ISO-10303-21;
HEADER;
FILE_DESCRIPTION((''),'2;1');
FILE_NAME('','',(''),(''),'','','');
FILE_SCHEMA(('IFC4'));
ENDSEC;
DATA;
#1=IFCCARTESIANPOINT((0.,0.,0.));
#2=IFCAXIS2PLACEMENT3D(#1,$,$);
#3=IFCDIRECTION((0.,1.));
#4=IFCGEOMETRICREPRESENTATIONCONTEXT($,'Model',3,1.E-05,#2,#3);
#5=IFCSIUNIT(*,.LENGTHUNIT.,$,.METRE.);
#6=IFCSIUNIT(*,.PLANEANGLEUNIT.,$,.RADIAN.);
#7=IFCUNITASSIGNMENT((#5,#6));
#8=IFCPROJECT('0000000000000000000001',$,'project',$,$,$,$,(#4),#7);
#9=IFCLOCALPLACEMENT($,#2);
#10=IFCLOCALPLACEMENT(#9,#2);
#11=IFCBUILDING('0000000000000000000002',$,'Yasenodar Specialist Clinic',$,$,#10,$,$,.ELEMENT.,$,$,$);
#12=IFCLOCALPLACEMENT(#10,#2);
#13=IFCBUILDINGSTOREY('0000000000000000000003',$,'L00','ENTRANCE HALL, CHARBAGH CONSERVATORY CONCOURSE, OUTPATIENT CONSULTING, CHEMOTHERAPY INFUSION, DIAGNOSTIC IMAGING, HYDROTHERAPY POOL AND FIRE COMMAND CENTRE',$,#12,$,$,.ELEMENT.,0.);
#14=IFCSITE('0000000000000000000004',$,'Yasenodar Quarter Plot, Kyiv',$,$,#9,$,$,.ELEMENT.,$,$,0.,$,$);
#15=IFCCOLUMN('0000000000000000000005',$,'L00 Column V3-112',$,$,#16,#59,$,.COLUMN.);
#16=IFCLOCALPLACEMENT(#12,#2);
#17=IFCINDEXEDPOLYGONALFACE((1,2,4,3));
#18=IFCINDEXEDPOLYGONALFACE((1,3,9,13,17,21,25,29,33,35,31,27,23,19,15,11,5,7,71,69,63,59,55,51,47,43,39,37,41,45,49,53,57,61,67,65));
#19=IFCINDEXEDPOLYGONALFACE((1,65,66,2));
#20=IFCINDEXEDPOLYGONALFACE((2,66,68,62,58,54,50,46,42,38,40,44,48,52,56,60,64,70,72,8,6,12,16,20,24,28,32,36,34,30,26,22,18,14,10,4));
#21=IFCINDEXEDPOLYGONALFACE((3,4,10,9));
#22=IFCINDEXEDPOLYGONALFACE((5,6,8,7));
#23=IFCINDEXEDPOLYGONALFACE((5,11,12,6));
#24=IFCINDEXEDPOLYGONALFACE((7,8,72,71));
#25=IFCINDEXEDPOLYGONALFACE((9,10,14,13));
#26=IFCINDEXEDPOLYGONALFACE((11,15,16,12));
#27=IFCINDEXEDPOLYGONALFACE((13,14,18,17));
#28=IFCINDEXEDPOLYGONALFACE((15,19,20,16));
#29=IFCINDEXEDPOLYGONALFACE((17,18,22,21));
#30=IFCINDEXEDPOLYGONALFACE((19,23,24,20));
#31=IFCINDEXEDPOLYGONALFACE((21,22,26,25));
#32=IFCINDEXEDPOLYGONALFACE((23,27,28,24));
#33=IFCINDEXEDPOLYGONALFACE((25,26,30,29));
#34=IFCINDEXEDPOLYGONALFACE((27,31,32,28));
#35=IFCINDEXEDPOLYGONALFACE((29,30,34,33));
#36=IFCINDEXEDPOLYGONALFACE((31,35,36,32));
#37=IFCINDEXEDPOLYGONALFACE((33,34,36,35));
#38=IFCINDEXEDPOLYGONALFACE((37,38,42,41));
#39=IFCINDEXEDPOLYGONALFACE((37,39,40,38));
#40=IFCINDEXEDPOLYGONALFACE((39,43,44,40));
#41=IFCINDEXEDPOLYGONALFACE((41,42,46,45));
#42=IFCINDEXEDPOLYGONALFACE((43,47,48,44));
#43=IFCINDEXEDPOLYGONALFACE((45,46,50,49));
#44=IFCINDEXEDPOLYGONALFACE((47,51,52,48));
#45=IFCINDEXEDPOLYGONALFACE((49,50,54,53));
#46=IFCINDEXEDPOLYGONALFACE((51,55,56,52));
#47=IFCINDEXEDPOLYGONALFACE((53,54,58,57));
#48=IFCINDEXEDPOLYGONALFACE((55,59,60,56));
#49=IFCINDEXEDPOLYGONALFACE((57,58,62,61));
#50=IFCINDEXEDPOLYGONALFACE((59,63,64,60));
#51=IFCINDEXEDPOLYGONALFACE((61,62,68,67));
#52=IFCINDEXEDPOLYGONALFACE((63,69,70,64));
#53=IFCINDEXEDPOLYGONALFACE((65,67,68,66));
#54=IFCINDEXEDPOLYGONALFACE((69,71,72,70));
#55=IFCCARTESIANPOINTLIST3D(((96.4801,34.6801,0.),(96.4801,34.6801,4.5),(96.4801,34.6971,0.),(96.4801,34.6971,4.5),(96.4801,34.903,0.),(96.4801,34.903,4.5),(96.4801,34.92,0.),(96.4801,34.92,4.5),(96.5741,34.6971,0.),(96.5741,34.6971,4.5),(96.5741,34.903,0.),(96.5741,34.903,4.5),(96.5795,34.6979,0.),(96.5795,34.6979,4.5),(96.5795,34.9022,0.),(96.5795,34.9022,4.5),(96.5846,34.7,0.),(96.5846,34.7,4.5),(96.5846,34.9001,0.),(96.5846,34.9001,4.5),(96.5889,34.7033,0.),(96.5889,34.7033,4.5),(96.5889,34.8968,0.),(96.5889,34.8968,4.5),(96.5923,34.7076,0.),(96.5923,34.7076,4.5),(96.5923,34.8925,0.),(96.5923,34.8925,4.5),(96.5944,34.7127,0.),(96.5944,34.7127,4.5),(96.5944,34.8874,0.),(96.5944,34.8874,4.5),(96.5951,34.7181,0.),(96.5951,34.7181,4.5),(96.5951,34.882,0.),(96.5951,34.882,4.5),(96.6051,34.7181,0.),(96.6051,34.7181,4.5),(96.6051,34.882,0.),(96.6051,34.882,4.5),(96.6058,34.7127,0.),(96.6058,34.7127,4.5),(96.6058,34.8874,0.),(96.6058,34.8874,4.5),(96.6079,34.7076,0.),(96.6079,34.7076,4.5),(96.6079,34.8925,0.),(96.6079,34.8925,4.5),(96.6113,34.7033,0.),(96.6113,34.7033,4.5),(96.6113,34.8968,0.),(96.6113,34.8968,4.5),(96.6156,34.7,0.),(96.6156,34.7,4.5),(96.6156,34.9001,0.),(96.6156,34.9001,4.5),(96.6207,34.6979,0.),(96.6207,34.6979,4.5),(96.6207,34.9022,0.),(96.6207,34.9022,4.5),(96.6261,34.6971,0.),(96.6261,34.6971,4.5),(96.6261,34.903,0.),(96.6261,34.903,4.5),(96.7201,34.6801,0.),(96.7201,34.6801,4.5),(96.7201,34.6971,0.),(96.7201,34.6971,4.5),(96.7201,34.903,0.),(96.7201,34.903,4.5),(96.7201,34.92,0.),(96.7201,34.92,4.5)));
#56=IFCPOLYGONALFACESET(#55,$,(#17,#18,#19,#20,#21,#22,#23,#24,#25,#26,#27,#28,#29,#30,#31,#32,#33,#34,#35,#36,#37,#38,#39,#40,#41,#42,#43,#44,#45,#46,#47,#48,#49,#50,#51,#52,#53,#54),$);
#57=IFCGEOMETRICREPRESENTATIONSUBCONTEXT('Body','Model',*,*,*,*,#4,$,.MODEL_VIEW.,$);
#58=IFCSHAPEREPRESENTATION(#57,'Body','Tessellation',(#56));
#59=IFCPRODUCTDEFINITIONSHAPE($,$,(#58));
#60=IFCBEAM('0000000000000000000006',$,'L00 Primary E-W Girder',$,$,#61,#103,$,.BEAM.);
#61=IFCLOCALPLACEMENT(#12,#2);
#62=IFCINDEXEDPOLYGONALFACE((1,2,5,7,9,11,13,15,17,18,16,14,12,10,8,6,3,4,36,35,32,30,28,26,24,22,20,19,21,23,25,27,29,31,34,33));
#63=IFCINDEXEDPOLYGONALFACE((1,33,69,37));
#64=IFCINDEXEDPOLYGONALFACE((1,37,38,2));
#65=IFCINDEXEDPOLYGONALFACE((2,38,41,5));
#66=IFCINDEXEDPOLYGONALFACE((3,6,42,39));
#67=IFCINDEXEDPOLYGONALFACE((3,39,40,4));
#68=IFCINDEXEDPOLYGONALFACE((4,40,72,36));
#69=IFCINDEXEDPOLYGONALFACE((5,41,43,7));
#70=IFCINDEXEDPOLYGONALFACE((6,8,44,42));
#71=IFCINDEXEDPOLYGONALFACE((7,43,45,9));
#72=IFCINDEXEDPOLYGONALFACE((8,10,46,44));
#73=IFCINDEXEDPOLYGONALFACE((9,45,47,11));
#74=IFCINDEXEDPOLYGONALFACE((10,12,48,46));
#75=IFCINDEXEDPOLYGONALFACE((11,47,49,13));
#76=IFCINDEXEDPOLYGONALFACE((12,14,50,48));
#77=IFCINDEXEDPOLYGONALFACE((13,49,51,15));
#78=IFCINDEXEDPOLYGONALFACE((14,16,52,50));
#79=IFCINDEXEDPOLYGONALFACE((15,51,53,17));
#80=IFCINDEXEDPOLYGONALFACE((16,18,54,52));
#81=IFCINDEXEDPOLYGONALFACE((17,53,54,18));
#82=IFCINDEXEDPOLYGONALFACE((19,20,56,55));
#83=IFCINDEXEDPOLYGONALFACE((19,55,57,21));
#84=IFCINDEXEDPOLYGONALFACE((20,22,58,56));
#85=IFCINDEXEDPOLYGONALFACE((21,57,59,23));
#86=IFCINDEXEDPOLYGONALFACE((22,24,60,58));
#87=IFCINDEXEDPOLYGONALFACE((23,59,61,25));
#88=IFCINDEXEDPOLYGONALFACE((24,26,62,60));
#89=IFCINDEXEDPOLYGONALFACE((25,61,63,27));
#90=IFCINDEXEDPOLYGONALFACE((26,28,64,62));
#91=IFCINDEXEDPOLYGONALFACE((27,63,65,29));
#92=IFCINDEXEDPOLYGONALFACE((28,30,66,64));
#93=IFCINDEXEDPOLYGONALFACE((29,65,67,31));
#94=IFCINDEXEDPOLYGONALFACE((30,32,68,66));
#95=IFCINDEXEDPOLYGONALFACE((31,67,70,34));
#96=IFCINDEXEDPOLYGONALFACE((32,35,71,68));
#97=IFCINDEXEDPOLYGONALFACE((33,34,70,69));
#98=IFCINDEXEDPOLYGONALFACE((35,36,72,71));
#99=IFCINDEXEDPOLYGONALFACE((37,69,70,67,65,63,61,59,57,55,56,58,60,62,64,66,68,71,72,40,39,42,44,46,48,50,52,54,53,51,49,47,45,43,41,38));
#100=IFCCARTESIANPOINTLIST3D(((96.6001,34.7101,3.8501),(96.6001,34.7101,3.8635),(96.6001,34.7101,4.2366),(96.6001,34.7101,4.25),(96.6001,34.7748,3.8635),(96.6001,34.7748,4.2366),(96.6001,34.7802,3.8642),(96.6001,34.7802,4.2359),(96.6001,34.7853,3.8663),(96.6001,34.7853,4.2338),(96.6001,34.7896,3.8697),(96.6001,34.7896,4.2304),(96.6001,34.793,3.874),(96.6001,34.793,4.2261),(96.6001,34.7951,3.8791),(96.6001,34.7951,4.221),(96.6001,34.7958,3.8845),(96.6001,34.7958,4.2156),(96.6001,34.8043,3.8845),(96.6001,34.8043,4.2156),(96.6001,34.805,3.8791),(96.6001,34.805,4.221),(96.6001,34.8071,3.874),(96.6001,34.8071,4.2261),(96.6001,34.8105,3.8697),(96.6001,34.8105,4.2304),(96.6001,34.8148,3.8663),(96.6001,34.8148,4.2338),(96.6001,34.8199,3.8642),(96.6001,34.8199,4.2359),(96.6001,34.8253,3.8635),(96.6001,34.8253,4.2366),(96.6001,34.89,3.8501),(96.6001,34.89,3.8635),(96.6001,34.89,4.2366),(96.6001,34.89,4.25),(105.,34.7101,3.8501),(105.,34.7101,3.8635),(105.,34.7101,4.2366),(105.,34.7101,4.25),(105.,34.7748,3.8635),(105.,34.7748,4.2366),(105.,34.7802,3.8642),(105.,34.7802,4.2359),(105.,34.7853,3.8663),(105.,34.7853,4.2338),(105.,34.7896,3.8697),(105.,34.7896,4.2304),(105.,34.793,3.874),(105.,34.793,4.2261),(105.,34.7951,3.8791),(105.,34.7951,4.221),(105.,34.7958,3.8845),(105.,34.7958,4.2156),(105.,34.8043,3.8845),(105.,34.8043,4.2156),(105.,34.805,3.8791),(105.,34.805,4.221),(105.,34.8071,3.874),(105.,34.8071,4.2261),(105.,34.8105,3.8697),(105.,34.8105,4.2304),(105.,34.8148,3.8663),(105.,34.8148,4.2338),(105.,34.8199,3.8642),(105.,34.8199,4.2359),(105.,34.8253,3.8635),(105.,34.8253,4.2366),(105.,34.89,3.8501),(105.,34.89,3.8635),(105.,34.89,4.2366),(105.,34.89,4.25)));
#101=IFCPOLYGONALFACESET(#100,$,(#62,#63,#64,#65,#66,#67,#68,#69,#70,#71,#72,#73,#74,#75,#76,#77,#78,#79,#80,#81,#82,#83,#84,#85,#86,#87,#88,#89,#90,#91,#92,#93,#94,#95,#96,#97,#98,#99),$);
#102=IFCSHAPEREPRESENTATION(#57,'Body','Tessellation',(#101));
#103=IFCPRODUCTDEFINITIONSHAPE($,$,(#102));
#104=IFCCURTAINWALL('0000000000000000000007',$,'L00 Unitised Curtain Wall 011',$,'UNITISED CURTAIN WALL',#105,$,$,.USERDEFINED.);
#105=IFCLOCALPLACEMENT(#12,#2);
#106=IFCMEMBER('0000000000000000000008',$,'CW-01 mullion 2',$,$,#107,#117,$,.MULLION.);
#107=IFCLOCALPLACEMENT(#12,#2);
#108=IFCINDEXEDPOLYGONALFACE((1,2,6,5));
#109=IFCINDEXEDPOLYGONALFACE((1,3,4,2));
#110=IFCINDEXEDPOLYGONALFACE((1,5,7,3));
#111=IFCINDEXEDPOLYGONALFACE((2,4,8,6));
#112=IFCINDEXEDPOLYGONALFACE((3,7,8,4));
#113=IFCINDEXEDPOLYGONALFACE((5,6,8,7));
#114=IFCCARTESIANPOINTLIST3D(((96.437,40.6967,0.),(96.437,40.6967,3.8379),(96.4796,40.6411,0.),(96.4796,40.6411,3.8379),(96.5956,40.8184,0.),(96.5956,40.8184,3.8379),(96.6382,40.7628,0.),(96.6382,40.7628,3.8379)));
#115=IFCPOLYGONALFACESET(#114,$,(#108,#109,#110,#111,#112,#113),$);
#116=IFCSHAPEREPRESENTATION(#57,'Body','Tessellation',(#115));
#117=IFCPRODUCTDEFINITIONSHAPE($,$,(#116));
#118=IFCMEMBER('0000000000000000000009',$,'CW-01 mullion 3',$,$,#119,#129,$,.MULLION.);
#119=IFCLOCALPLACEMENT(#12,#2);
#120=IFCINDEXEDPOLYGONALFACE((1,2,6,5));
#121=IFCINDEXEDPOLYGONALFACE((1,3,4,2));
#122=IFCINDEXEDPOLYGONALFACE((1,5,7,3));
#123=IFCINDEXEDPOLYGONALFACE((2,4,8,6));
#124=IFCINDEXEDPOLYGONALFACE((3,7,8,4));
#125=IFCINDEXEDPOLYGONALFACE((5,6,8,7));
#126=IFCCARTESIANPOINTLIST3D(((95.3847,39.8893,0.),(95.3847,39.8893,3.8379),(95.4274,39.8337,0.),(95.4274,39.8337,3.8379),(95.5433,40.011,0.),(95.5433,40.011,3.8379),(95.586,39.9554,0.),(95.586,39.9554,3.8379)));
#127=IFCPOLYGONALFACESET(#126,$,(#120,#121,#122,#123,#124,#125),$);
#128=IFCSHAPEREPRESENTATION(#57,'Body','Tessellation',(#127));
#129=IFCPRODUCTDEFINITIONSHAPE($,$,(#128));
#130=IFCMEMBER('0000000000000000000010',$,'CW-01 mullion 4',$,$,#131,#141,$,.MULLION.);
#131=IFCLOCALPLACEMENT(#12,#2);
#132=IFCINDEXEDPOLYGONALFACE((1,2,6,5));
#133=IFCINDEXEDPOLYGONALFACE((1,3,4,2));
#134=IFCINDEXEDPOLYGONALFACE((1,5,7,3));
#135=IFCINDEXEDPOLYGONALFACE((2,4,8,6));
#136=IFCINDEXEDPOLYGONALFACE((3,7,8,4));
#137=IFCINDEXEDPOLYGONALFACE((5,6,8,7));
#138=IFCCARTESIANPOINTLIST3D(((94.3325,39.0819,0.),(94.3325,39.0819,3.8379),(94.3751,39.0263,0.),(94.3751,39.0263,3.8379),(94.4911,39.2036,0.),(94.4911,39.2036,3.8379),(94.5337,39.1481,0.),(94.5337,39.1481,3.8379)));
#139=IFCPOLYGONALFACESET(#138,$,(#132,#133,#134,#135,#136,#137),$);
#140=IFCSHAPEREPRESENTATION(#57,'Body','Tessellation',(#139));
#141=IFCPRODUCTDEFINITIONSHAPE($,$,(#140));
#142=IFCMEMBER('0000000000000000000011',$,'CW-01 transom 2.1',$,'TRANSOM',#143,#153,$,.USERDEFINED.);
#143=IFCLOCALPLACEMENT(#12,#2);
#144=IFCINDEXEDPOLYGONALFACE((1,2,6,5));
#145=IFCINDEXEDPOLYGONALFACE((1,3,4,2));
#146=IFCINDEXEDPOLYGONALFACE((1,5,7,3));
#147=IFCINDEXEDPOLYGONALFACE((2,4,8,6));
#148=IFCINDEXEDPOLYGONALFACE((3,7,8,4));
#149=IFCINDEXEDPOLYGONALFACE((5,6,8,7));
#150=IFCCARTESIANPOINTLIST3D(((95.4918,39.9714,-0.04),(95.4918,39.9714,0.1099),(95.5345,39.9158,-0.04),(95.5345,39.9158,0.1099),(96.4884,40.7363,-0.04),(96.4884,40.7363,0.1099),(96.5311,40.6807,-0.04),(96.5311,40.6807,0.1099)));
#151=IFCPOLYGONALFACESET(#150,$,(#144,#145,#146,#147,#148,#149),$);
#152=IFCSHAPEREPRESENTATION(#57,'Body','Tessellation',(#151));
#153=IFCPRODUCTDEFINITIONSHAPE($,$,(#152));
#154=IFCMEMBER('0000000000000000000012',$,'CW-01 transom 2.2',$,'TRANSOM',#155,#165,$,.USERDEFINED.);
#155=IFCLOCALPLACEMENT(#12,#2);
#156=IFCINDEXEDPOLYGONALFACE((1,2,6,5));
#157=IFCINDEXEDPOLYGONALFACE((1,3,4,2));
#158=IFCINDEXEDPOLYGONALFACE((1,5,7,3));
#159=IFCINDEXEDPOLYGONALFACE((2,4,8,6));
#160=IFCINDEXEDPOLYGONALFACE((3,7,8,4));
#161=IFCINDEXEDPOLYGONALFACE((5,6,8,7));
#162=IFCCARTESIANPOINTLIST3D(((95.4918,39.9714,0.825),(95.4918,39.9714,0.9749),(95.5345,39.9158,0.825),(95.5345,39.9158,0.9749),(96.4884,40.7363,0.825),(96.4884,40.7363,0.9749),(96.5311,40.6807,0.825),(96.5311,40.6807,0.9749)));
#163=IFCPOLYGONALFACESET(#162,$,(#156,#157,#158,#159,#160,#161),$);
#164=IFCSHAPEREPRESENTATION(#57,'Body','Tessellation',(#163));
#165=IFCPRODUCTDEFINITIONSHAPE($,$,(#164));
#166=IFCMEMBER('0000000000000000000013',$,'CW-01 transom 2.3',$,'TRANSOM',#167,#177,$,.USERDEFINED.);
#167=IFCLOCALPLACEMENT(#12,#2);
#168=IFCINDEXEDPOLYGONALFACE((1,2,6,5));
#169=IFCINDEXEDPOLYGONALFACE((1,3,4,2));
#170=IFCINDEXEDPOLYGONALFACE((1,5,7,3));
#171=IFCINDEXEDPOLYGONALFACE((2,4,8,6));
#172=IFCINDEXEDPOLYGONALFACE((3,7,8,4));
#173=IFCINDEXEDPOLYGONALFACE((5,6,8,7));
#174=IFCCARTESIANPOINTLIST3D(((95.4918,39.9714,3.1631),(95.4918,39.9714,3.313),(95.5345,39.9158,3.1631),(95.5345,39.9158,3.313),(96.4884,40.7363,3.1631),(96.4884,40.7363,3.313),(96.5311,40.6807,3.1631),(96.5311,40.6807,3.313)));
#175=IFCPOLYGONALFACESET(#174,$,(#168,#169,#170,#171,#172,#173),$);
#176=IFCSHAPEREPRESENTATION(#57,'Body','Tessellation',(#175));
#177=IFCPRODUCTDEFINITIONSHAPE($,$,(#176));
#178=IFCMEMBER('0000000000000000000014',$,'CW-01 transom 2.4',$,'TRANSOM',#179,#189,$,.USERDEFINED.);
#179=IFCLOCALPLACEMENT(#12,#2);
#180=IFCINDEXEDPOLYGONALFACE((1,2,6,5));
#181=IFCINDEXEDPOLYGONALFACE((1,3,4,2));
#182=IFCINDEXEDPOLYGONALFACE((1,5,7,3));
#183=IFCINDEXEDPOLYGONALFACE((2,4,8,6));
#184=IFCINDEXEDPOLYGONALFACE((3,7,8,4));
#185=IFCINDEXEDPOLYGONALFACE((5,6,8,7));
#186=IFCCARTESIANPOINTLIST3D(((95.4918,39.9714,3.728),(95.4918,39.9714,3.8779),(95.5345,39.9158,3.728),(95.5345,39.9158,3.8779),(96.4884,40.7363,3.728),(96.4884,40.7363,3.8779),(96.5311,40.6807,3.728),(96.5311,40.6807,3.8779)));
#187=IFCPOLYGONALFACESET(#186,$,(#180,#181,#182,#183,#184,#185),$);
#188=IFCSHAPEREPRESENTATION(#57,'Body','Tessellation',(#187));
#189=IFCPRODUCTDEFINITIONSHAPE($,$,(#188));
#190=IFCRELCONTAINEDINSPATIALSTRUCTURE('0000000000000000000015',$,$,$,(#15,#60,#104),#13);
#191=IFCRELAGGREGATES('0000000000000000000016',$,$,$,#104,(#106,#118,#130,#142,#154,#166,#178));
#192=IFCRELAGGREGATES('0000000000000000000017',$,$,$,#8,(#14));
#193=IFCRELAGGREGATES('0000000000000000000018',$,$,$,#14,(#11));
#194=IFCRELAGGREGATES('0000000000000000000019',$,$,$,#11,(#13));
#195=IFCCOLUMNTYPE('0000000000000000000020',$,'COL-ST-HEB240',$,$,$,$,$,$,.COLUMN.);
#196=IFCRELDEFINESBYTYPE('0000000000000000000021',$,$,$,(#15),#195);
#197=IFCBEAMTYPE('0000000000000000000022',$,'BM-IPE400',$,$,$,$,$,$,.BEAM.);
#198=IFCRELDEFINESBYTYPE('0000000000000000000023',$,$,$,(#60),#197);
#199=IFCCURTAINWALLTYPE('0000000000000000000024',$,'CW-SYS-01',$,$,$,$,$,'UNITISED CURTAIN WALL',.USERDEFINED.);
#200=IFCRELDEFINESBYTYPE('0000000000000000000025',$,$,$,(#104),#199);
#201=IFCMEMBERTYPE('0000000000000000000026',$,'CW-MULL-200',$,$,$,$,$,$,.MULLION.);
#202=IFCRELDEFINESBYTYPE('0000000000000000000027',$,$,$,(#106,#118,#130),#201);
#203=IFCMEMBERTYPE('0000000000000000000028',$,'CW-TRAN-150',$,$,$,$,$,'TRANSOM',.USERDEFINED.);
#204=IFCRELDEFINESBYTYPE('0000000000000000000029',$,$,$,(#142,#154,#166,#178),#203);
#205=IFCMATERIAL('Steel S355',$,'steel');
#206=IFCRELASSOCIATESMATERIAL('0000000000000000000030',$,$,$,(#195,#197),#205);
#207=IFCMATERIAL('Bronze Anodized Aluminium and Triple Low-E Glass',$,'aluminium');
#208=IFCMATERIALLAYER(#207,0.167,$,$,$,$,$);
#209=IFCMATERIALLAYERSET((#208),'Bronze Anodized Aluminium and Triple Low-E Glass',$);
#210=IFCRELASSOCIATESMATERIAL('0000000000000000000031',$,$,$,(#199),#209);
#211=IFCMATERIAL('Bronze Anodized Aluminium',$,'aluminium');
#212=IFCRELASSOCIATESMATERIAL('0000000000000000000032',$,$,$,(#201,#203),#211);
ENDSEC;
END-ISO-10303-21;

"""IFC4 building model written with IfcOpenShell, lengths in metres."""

from ifc_helpers import new_model, si_unit, direction, frame, origin, origin_2d, place, context, subcontext, project, spatial, rectangle, i_section, extrude, material, layer, layer_set, material_profile, profile_set, type_object, element, aggregate, save


model = new_model("IFC4")

# Units and contexts
model_context = context("Model", 3, precision=1e-05, world=origin(), true_north=direction((0.0, 1.0)))
body_context = subcontext(model_context, "Body", "Model", "MODEL_VIEW")
ifc_project = project(units=[si_unit("LENGTHUNIT", "METRE"), si_unit("PLANEANGLEUNIT", "RADIAN")], contexts=[model_context])

# Site, building, storey
site_placement = place(None, origin())
site = spatial("IfcSite", under=ifc_project, at=site_placement, Name="Yasenodar Quarter Plot, Kyiv", CompositionType="ELEMENT", RefElevation=0.0)
building_placement = place(site_placement, origin())
building = spatial("IfcBuilding", under=site, at=building_placement, Name="Yasenodar Specialist Clinic", CompositionType="ELEMENT")
storey_placement = place(building_placement, origin())
storey = spatial("IfcBuildingStorey", under=building, at=storey_placement, Name="L00", Description="ENTRANCE HALL, CHARBAGH CONSERVATORY CONCOURSE, OUTPATIENT CONSULTING, CHEMOTHERAPY INFUSION, DIAGNOSTIC IMAGING, HYDROTHERAPY POOL AND FIRE COMMAND CENTRE", CompositionType="ELEMENT", Elevation=0.0)

# Column
ifc_material_1 = material(Name="Steel S355", Category="steel")
ifc_material_profile_1 = material_profile(ifc_material_1, i_section(OverallWidth=0.24, OverallDepth=0.24, WebThickness=0.01, FlangeThickness=0.0171, FilletRadius=0.021, at=origin_2d()), Name="HEB 240")
ifc_profile_set_1 = profile_set([ifc_material_profile_1], Name="Steel S355")
column_type = type_object("IfcColumnType", Name="COL-ST-HEB240", PredefinedType="COLUMN", material=ifc_profile_set_1)
column_placement = place(storey_placement, frame((96.6001, 34.8, 0.0), z_axis=(0.0, 0.0, 1.0), x_axis=(1.0, 0.0, 0.0)))
element("IfcColumn", 1, at=column_placement, inside=storey, type_object=column_type, Name="L00 Column V3-112", PredefinedType="COLUMN", context=body_context, shape_type="SweptSolid", body=[
    extrude(i_section(OverallWidth=0.24, OverallDepth=0.24, WebThickness=0.01, FlangeThickness=0.0171, FilletRadius=0.021, at=origin_2d()), origin(), (0.0, 0.0, 1.0), 4.5),
])

# Beam
ifc_material_profile_2 = material_profile(ifc_material_1, i_section(OverallWidth=0.1799, OverallDepth=0.3999, WebThickness=0.0085, FlangeThickness=0.0134, FilletRadius=0.021, at=origin_2d()), Name="IPE 400")
ifc_profile_set_2 = profile_set([ifc_material_profile_2], Name="Steel S355")
beam_type = type_object("IfcBeamType", Name="BM-IPE400", PredefinedType="BEAM", material=ifc_profile_set_2)
beam_placement = place(storey_placement, frame((96.6001, 34.8, 4.05), z_axis=(1.0, 0.0, 0.0), x_axis=(0.0, 1.0, 0.0)))
element("IfcBeam", 2, at=beam_placement, inside=storey, type_object=beam_type, Name="L00 Primary E-W Girder", PredefinedType="BEAM", context=body_context, shape_type="SweptSolid", body=[
    extrude(i_section(OverallWidth=0.1799, OverallDepth=0.3999, WebThickness=0.0085, FlangeThickness=0.0134, FilletRadius=0.021, at=origin_2d()), origin(), (0.0, 0.0, 1.0), 8.3999),
])

# Curtain wall, members
ifc_material_2 = material(Name="Bronze Anodized Aluminium and Triple Low-E Glass", Category="aluminium")
ifc_layer_1 = layer(ifc_material_2, 0.167)
ifc_layer_set_1 = layer_set([ifc_layer_1], Name="Bronze Anodized Aluminium and Triple Low-E Glass")
curtain_wall_type = type_object("IfcCurtainWallType", Name="CW-SYS-01", ElementType="UNITISED CURTAIN WALL", PredefinedType="USERDEFINED", material=ifc_layer_set_1)
curtain_wall_placement = place(storey_placement, origin())
curtain_wall = element("IfcCurtainWall", 3, at=curtain_wall_placement, inside=storey, type_object=curtain_wall_type, Name="L00 Unitised Curtain Wall 011", ObjectType="UNITISED CURTAIN WALL", PredefinedType="USERDEFINED")
ifc_material_3 = material(Name="Bronze Anodized Aluminium", Category="aluminium")
ifc_material_profile_3 = material_profile(ifc_material_3, rectangle(XDim=0.0701, YDim=0.2, at=origin_2d()), Name="CW-MULL 70x200")
ifc_profile_set_3 = profile_set([ifc_material_profile_3], Name="Bronze Anodized Aluminium")
member_type_1 = type_object("IfcMemberType", Name="CW-MULL-200", PredefinedType="MULLION", material=ifc_profile_set_3)
member_1_placement = place(storey_placement, frame((96.5376, 40.7297, 0.0), z_axis=(0.0, 0.0, 1.0), x_axis=(0.608752, -0.793361, 0.0)))
member_1 = element("IfcMember", 4, at=member_1_placement, type_object=member_type_1, Name="CW-01 mullion 2", PredefinedType="MULLION", context=body_context, shape_type="SweptSolid", body=[
    extrude(rectangle(XDim=0.0701, YDim=0.2, at=origin_2d()), origin(), (0.0, 0.0, 1.0), 3.8379),
])
member_2_placement = place(storey_placement, frame((95.4854, 39.9224, 0.0), z_axis=(0.0, 0.0, 1.0), x_axis=(0.608752, -0.793361, 0.0)))
member_2 = element("IfcMember", 5, at=member_2_placement, type_object=member_type_1, Name="CW-01 mullion 3", PredefinedType="MULLION", context=body_context, shape_type="SweptSolid", body=[
    extrude(rectangle(XDim=0.0701, YDim=0.2, at=origin_2d()), origin(), (0.0, 0.0, 1.0), 3.8379),
])
member_3_placement = place(storey_placement, frame((94.4331, 39.115, 0.0), z_axis=(0.0, 0.0, 1.0), x_axis=(0.608752, -0.793361, 0.0)))
member_3 = element("IfcMember", 6, at=member_3_placement, type_object=member_type_1, Name="CW-01 mullion 4", PredefinedType="MULLION", context=body_context, shape_type="SweptSolid", body=[
    extrude(rectangle(XDim=0.0701, YDim=0.2, at=origin_2d()), origin(), (0.0, 0.0, 1.0), 3.8379),
])
ifc_material_profile_4 = material_profile(ifc_material_3, rectangle(XDim=0.0701, YDim=0.1499, at=origin_2d()), Name="CW-TRAN 70x150")
ifc_profile_set_4 = profile_set([ifc_material_profile_4], Name="Bronze Anodized Aluminium")
member_type_2 = type_object("IfcMemberType", Name="CW-TRAN-150", ElementType="TRANSOM", PredefinedType="USERDEFINED", material=ifc_profile_set_4)
member_4_placement = place(storey_placement, frame((96.5098, 40.7085, 0.0349), z_axis=(-0.793281, -0.608856, 0.0), x_axis=(0.608856, -0.793281, 0.0)))
member_4 = element("IfcMember", 7, at=member_4_placement, type_object=member_type_2, Name="CW-01 transom 2.1", ObjectType="TRANSOM", PredefinedType="USERDEFINED", context=body_context, shape_type="SweptSolid", body=[
    extrude(rectangle(XDim=0.0701, YDim=0.1499, at=origin_2d()), origin(), (0.0, 0.0, 1.0), 1.2563),
])
member_5_placement = place(storey_placement, frame((96.5098, 40.7085, 0.8999), z_axis=(-0.793281, -0.608856, 0.0), x_axis=(0.608856, -0.793281, 0.0)))
member_5 = element("IfcMember", 8, at=member_5_placement, type_object=member_type_2, Name="CW-01 transom 2.2", ObjectType="TRANSOM", PredefinedType="USERDEFINED", context=body_context, shape_type="SweptSolid", body=[
    extrude(rectangle(XDim=0.0701, YDim=0.1499, at=origin_2d()), origin(), (0.0, 0.0, 1.0), 1.2563),
])
member_6_placement = place(storey_placement, frame((96.5098, 40.7085, 3.238), z_axis=(-0.793281, -0.608856, 0.0), x_axis=(0.608856, -0.793281, 0.0)))
member_6 = element("IfcMember", 9, at=member_6_placement, type_object=member_type_2, Name="CW-01 transom 2.3", ObjectType="TRANSOM", PredefinedType="USERDEFINED", context=body_context, shape_type="SweptSolid", body=[
    extrude(rectangle(XDim=0.0701, YDim=0.1499, at=origin_2d()), origin(), (0.0, 0.0, 1.0), 1.2563),
])
member_7_placement = place(storey_placement, frame((96.5098, 40.7085, 3.803), z_axis=(-0.793281, -0.608856, 0.0), x_axis=(0.608856, -0.793281, 0.0)))
member_7 = element("IfcMember", 10, at=member_7_placement, type_object=member_type_2, Name="CW-01 transom 2.4", ObjectType="TRANSOM", PredefinedType="USERDEFINED", context=body_context, shape_type="SweptSolid", body=[
    extrude(rectangle(XDim=0.0701, YDim=0.1499, at=origin_2d()), origin(), (0.0, 0.0, 1.0), 1.2563),
])
aggregate(curtain_wall, [member_1, member_2, member_3, member_4, member_5, member_6, member_7])

save(model, "model.ifc")
